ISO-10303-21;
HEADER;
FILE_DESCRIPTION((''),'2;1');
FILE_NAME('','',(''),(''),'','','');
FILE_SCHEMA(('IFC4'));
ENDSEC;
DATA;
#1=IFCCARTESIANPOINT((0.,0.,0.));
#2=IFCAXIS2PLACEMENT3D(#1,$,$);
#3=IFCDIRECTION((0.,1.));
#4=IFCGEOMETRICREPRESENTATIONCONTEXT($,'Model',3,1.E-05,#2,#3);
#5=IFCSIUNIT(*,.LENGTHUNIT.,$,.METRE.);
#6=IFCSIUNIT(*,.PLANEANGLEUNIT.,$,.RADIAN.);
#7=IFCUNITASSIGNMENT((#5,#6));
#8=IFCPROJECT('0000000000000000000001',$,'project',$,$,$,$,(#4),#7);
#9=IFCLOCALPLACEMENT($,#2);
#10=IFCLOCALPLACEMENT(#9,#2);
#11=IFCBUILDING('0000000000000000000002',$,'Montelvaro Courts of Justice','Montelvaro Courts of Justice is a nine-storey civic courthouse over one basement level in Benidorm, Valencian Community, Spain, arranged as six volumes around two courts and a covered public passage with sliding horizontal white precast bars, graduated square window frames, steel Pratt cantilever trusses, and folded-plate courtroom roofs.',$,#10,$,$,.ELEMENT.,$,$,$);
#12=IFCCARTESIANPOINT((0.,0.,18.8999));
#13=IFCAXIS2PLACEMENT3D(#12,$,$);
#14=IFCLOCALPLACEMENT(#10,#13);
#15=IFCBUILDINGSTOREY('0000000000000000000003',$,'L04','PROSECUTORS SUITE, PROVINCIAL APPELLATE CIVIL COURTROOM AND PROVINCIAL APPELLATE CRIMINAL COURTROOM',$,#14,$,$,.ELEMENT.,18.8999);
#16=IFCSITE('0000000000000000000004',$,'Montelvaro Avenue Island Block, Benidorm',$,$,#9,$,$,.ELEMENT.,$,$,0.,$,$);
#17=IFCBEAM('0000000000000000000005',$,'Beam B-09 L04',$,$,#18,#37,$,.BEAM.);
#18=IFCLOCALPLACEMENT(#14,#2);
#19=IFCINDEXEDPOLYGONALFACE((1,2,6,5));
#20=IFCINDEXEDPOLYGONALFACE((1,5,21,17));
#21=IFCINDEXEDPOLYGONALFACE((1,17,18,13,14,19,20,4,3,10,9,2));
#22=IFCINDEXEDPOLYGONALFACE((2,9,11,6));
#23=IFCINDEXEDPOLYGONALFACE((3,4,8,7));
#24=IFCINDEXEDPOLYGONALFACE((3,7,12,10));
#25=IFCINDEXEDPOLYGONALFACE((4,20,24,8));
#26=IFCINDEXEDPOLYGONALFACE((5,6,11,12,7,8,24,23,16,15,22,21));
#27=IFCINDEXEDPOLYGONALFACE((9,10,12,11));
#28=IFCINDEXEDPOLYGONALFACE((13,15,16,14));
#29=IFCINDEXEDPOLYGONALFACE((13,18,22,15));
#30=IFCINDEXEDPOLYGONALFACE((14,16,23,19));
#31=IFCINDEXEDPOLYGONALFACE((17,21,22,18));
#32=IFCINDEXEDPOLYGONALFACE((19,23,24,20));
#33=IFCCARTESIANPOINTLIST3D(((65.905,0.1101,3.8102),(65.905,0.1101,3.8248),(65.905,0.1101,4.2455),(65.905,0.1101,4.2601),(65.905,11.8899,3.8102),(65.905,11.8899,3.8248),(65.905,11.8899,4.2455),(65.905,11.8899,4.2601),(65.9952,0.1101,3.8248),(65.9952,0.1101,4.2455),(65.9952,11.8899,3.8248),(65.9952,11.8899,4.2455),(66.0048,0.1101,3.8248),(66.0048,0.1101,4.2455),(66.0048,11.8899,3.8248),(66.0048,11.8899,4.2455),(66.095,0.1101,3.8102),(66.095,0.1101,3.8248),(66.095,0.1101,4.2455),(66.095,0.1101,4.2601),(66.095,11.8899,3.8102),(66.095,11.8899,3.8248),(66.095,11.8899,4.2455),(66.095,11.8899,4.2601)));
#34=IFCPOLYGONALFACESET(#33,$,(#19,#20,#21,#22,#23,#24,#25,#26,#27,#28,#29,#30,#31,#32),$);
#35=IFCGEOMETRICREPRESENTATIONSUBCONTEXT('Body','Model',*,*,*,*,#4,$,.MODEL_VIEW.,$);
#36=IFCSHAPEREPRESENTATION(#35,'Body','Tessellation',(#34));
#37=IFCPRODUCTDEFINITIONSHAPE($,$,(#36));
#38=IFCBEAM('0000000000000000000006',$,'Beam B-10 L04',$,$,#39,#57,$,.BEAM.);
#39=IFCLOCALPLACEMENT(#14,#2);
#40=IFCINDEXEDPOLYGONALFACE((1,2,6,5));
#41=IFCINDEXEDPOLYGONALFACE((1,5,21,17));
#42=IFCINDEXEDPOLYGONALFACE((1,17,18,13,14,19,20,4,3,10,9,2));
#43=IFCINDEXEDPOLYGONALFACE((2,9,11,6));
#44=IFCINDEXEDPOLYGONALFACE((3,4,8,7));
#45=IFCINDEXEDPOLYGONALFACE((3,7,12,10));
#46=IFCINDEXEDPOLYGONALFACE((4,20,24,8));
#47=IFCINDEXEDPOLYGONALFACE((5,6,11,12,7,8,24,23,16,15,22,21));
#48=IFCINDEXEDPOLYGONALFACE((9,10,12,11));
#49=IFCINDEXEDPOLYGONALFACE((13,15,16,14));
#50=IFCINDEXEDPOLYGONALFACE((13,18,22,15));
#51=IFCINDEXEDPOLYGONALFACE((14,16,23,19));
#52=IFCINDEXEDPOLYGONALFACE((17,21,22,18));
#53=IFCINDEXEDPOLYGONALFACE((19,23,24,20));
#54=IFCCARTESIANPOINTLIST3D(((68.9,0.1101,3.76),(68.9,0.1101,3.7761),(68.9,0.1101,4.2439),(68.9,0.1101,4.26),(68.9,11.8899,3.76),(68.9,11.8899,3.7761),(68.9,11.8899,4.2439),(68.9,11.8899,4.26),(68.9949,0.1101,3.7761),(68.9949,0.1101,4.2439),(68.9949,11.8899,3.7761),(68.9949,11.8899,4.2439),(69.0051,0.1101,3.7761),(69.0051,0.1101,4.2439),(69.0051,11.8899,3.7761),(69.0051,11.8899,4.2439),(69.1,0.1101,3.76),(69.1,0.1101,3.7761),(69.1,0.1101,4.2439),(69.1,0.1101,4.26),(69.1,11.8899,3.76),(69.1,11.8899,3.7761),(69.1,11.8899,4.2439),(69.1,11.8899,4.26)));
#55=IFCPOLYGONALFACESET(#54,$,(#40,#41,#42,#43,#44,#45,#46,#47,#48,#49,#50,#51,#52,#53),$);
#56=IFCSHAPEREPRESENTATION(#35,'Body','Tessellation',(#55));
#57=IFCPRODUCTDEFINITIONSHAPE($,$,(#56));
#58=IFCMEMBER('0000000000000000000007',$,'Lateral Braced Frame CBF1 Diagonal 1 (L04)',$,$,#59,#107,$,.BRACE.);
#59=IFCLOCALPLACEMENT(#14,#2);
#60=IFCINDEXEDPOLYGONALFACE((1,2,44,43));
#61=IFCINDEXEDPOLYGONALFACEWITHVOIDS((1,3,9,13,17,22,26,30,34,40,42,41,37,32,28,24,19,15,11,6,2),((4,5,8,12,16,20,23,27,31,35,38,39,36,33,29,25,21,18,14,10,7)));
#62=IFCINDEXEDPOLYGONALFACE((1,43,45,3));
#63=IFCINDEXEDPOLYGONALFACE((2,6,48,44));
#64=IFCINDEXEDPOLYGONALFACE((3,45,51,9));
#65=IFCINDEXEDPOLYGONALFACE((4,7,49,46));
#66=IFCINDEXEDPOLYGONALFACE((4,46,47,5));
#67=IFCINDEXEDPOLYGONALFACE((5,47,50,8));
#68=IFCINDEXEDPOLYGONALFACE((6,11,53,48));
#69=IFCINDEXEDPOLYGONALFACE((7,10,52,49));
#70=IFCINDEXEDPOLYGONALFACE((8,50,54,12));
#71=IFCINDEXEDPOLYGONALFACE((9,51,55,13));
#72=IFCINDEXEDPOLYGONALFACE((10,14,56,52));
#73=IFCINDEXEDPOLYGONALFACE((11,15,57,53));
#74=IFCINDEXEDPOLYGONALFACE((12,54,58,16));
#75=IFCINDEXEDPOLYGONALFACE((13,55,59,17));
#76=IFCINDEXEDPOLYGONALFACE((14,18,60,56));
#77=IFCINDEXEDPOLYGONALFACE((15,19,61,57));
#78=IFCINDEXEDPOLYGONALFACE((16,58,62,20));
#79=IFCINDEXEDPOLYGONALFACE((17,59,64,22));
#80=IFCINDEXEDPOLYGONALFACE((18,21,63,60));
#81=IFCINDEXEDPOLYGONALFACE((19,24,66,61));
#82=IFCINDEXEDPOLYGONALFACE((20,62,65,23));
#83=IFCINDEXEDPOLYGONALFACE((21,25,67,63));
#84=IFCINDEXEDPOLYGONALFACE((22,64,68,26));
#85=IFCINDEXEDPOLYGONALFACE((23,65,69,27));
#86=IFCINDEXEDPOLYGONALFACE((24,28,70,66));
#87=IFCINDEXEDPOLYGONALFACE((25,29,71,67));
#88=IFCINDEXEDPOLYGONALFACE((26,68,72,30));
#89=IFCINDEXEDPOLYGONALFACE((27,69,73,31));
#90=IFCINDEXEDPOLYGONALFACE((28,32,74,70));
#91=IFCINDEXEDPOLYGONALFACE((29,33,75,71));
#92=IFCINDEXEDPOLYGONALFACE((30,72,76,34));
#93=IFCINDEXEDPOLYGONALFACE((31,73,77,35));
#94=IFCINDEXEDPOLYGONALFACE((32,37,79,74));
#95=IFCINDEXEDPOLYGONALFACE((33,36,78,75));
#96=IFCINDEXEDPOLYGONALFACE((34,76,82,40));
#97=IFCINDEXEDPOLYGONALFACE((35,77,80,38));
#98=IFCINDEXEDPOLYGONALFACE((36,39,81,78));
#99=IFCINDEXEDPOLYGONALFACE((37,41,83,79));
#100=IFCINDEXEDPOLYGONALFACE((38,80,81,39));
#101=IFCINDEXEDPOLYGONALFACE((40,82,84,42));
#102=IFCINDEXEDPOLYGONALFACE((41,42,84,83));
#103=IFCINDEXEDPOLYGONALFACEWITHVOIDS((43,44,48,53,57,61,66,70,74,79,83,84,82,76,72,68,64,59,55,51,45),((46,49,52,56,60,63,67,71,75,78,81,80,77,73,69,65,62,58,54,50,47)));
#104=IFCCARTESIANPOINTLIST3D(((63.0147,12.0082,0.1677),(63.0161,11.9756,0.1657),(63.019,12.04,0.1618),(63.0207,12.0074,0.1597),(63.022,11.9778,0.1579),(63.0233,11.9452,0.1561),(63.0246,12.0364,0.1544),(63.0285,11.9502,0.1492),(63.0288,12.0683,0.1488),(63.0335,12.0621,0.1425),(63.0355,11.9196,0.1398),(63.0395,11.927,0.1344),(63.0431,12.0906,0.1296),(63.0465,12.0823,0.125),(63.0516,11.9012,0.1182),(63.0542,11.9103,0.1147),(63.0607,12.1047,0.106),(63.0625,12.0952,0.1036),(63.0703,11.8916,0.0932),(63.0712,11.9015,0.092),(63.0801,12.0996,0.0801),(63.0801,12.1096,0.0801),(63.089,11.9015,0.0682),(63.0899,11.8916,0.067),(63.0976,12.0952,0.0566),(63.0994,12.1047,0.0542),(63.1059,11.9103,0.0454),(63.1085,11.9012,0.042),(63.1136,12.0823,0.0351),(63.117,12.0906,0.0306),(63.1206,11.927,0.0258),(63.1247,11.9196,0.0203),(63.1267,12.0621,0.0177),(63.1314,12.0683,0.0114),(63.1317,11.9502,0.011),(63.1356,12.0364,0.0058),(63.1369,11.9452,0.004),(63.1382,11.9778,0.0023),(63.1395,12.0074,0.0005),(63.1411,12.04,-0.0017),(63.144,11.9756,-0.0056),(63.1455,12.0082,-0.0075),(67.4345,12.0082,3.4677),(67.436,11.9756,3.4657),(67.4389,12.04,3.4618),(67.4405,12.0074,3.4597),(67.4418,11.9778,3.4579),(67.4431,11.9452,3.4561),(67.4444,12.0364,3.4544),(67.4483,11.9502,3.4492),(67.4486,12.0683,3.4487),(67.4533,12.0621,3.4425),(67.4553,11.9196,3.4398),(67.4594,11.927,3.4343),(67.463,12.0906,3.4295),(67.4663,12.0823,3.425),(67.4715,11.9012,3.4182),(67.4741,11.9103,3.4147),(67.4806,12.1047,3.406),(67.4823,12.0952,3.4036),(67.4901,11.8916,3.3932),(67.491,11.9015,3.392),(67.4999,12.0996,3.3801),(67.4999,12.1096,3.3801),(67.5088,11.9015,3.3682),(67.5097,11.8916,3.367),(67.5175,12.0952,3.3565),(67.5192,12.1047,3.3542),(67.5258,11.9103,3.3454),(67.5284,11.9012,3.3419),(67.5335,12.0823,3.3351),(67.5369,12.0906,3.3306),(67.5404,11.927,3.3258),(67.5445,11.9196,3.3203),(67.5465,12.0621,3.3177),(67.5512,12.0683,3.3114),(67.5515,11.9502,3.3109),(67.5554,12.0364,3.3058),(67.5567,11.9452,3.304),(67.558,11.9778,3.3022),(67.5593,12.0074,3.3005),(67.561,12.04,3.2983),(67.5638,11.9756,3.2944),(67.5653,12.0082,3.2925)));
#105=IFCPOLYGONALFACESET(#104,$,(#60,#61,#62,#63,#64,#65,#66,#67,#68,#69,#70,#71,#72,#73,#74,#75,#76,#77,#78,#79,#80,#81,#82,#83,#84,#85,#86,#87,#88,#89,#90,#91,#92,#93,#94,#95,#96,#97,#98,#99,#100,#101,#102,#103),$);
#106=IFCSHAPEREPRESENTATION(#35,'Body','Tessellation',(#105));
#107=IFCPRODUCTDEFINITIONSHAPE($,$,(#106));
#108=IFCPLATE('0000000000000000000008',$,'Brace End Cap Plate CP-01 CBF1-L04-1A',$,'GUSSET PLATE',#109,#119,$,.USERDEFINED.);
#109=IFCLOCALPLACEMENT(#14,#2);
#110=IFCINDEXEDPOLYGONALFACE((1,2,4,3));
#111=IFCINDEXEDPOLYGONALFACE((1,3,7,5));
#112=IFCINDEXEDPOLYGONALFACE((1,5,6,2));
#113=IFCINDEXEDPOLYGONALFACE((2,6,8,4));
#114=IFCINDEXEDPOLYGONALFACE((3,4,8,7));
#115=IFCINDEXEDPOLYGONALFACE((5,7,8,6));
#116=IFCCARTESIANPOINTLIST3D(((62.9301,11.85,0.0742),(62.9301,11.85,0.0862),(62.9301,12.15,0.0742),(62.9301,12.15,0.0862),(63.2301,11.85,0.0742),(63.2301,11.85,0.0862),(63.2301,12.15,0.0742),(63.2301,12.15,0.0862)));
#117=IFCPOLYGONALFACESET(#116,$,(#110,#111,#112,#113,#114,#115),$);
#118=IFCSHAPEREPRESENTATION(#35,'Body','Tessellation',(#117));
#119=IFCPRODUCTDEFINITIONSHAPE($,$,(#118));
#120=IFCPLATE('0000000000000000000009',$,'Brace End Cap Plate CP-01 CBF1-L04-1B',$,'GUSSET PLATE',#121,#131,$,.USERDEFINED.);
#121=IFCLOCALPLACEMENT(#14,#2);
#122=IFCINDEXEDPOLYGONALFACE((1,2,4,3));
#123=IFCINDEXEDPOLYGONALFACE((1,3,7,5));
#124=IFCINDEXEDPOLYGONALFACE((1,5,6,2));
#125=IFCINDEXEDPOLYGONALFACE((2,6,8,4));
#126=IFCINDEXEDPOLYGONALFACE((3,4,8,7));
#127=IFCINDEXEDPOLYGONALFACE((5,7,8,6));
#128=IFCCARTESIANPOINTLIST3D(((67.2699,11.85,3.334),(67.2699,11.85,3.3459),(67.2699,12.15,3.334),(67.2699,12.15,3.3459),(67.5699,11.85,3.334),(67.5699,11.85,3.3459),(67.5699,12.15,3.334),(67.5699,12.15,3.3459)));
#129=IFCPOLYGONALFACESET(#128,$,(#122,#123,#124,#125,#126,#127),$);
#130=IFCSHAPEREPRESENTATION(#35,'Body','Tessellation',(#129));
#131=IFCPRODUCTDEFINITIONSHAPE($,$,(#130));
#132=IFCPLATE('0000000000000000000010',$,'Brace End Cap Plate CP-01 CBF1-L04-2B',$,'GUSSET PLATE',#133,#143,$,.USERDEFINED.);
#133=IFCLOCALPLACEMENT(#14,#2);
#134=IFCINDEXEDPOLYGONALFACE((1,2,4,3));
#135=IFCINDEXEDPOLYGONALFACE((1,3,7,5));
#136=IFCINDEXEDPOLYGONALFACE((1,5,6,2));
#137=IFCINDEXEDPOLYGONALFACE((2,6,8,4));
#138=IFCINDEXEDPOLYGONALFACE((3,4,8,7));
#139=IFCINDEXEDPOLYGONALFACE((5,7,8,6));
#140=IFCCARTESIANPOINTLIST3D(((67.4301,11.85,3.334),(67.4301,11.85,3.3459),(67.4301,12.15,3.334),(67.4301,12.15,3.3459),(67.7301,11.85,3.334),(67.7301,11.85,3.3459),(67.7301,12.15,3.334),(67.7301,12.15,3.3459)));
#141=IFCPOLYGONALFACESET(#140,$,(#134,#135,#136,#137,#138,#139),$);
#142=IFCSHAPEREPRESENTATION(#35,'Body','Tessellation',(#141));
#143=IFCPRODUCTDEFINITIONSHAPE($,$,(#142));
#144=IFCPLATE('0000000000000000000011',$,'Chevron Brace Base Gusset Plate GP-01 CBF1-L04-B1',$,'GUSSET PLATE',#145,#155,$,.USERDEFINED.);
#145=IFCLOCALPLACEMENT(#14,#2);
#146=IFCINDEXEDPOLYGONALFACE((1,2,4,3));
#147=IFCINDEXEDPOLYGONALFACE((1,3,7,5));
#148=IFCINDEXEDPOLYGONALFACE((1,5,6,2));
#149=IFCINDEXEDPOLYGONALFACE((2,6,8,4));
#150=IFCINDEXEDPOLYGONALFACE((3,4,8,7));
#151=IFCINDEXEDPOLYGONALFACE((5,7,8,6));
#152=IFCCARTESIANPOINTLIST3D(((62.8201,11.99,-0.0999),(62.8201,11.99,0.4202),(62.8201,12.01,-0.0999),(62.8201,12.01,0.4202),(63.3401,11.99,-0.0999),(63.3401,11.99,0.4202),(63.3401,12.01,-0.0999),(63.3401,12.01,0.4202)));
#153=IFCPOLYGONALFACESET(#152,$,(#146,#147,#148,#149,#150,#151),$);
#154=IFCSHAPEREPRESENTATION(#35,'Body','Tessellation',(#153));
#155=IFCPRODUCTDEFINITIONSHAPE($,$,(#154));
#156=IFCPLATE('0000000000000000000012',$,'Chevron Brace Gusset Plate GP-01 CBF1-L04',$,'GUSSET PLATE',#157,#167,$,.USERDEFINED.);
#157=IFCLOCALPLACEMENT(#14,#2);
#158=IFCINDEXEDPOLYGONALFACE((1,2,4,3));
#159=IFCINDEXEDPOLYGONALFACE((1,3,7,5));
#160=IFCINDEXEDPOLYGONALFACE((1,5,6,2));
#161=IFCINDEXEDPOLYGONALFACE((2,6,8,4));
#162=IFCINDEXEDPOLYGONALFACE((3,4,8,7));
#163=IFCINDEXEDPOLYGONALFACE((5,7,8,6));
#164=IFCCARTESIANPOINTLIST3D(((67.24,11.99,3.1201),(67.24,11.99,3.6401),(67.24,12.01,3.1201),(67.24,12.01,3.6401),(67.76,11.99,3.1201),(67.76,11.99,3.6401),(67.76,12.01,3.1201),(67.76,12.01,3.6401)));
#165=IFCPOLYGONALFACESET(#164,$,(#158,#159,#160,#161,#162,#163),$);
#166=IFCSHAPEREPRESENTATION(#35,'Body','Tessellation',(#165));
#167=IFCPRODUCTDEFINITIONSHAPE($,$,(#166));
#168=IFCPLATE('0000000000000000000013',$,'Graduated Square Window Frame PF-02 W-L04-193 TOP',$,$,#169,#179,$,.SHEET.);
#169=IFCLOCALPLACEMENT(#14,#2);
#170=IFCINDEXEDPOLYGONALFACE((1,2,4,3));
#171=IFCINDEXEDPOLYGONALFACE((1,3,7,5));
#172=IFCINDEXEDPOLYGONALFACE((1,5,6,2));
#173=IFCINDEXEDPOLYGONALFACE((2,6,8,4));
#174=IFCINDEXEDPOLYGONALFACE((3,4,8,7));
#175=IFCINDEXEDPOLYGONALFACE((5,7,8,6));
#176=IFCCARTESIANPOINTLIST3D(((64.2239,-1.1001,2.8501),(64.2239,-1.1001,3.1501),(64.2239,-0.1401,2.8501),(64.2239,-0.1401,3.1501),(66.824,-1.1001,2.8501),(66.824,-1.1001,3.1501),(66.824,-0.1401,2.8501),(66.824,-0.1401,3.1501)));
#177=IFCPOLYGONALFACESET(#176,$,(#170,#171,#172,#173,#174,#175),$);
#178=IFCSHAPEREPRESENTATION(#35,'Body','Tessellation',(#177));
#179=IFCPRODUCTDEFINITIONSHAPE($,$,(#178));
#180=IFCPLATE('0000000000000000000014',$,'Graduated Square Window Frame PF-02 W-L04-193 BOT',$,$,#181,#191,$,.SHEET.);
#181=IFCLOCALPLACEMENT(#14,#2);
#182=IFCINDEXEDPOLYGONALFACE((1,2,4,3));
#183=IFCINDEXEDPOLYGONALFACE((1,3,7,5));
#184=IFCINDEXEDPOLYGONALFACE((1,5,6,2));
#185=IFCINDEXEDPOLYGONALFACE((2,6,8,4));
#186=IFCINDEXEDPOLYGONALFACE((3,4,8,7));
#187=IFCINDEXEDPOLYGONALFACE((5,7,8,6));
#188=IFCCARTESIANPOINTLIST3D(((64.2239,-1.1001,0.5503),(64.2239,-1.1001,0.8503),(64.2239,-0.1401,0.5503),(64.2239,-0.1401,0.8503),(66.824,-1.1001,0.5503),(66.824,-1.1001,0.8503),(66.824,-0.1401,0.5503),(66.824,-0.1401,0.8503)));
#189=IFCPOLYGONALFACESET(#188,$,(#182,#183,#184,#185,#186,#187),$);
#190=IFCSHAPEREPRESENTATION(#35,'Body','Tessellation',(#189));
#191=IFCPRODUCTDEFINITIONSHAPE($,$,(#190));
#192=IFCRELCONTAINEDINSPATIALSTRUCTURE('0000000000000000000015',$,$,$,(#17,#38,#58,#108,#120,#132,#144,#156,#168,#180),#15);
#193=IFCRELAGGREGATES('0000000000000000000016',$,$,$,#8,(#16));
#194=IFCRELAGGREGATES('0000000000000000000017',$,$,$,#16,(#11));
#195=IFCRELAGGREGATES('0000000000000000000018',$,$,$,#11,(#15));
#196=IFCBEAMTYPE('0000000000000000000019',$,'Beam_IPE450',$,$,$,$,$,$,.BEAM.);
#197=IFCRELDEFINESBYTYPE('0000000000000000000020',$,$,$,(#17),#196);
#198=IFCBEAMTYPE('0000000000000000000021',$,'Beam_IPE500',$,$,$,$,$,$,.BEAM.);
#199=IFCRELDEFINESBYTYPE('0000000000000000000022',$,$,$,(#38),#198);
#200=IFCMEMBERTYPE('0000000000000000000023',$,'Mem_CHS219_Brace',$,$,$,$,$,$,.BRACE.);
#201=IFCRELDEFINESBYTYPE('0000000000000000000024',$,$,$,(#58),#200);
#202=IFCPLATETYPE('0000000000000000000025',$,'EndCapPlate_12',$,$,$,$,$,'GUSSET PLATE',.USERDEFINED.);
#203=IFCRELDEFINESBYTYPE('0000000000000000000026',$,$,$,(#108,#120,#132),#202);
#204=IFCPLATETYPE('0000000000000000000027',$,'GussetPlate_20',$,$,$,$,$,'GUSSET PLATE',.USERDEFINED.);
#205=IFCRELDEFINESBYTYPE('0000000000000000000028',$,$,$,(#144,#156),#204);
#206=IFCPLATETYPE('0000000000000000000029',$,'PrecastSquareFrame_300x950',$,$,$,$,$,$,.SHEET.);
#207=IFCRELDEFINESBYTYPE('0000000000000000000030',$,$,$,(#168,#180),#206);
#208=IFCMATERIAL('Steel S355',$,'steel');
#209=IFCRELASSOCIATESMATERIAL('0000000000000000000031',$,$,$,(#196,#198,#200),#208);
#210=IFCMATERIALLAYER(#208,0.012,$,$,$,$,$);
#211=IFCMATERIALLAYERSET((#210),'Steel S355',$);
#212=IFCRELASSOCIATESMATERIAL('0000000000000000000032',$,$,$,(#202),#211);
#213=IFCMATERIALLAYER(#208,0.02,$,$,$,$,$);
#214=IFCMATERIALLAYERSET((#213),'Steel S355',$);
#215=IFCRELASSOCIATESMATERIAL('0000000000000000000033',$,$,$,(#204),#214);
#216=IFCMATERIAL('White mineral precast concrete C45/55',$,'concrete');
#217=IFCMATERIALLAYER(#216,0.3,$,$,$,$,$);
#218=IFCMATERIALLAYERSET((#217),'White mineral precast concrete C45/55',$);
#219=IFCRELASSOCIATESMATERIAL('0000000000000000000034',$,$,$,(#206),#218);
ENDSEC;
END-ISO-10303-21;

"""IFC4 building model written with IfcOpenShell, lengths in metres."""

from ifc_helpers import new_model, si_unit, direction, frame, origin, origin_2d, place, context, subcontext, project, spatial, rectangle, hollow_circle, i_section, extrude, material, layer, layer_set, material_profile, profile_set, type_object, element, save


model = new_model("IFC4")

# Units and contexts
model_context = context("Model", 3, precision=1e-05, world=origin(), true_north=direction((0.0, 1.0)))
body_context = subcontext(model_context, "Body", "Model", "MODEL_VIEW")
ifc_project = project(units=[si_unit("LENGTHUNIT", "METRE"), si_unit("PLANEANGLEUNIT", "RADIAN")], contexts=[model_context])

# Site, building, storey
site_placement = place(None, origin())
site = spatial("IfcSite", under=ifc_project, at=site_placement, Name="Montelvaro Avenue Island Block, Benidorm", CompositionType="ELEMENT", RefElevation=0.0)
building_placement = place(site_placement, origin())
building = spatial("IfcBuilding", under=site, at=building_placement, Name="Montelvaro Courts of Justice", Description="Montelvaro Courts of Justice is a nine-storey civic courthouse over one basement level in Benidorm, Valencian Community, Spain, arranged as six volumes around two courts and a covered public passage with sliding horizontal white precast bars, graduated square window frames, steel Pratt cantilever trusses, and folded-plate courtroom roofs.", CompositionType="ELEMENT")
storey_placement = place(building_placement, frame((0.0, 0.0, 18.8999)))
storey = spatial("IfcBuildingStorey", under=building, at=storey_placement, Name="L04", Description="PROSECUTORS SUITE, PROVINCIAL APPELLATE CIVIL COURTROOM AND PROVINCIAL APPELLATE CRIMINAL COURTROOM", CompositionType="ELEMENT", Elevation=18.8999)

# Beams
ifc_material_1 = material(Name="Steel S355", Category="steel")
ifc_material_profile_1 = material_profile(ifc_material_1, i_section(OverallWidth=0.1899, OverallDepth=0.45, WebThickness=0.0095, FlangeThickness=0.0146, at=origin_2d()), Name="IPE 450")
ifc_profile_set_1 = profile_set([ifc_material_profile_1], Name="Steel S355")
beam_type_1 = type_object("IfcBeamType", Name="Beam_IPE450", PredefinedType="BEAM", material=ifc_profile_set_1)
beam_1_placement = place(storey_placement, frame((66.0, 0.1101, 4.0352), z_axis=(0.0, 1.0, 0.0), x_axis=(-1.0, 0.0, 0.0)))
element("IfcBeam", 1, at=beam_1_placement, inside=storey, type_object=beam_type_1, Name="Beam B-09 L04", PredefinedType="BEAM", context=body_context, shape_type="SweptSolid", body=[
    extrude(i_section(OverallWidth=0.1899, OverallDepth=0.45, WebThickness=0.0095, FlangeThickness=0.0146, at=origin_2d()), origin(), (0.0, 0.0, 1.0), 11.7798),
])
ifc_material_profile_2 = material_profile(ifc_material_1, i_section(OverallWidth=0.2, OverallDepth=0.5, WebThickness=0.0103, FlangeThickness=0.0161, at=origin_2d()), Name="IPE 500")
ifc_profile_set_2 = profile_set([ifc_material_profile_2], Name="Steel S355")
beam_type_2 = type_object("IfcBeamType", Name="Beam_IPE500", PredefinedType="BEAM", material=ifc_profile_set_2)
beam_2_placement = place(storey_placement, frame((69.0, 0.1101, 4.01), z_axis=(0.0, 1.0, 0.0), x_axis=(-1.0, 0.0, 0.0)))
element("IfcBeam", 2, at=beam_2_placement, inside=storey, type_object=beam_type_2, Name="Beam B-10 L04", PredefinedType="BEAM", context=body_context, shape_type="SweptSolid", body=[
    extrude(i_section(OverallWidth=0.2, OverallDepth=0.5, WebThickness=0.0103, FlangeThickness=0.0161, at=origin_2d()), origin(), (0.0, 0.0, 1.0), 11.7798),
])

# Member
ifc_material_profile_3 = material_profile(ifc_material_1, hollow_circle(Radius=0.1096, WallThickness=0.01, at=origin_2d()), Name="CHS 219.1x10")
ifc_profile_set_3 = profile_set([ifc_material_profile_3], Name="Steel S355")
member_type = type_object("IfcMemberType", Name="Mem_CHS219_Brace", PredefinedType="BRACE", material=ifc_profile_set_3)
member_placement = place(storey_placement, frame((63.0801, 12.0, 0.0801), z_axis=(0.801294, 0.0, 0.598271), x_axis=(0.0, 1.0, 0.0)))
element("IfcMember", 3, at=member_placement, inside=storey, type_object=member_type, Name="Lateral Braced Frame CBF1 Diagonal 1 (L04)", PredefinedType="BRACE", context=body_context, shape_type="SweptSolid", body=[
    extrude(hollow_circle(Radius=0.1096, WallThickness=0.01, at=origin_2d()), origin(), (0.0, 0.0, 1.0), 5.5159),
])

# Plates
ifc_layer_1 = layer(ifc_material_1, 0.012)
ifc_layer_set_1 = layer_set([ifc_layer_1], Name="Steel S355")
plate_type_1 = type_object("IfcPlateType", Name="EndCapPlate_12", ElementType="GUSSET PLATE", PredefinedType="USERDEFINED", material=ifc_layer_set_1)
for number, where, z_axis, x_axis, name in (
    (4, (63.0801, 12.0, 0.0742), (0.0, 0.0, 1.0), (1.0, 0.0, 0.0), "Brace End Cap Plate CP-01 CBF1-L04-1A"),
    (5, (67.4199, 12.0, 3.334), (0.0, 0.0, 1.0), (1.0, 0.0, 0.0), "Brace End Cap Plate CP-01 CBF1-L04-1B"),
    (6, (67.5801, 12.0, 3.334), (0.0, 0.0, 1.0), (1.0, 0.0, 0.0), "Brace End Cap Plate CP-01 CBF1-L04-2B"),
):
    element("IfcPlate", number, at=place(storey_placement, frame(where, z_axis=z_axis, x_axis=x_axis)), inside=storey, type_object=plate_type_1, Name=name, ObjectType="GUSSET PLATE", PredefinedType="USERDEFINED", context=body_context, shape_type="SweptSolid", body=[
        extrude(rectangle(XDim=0.3, YDim=0.3, at=origin_2d()), origin(), (0.0, 0.0, 1.0), 0.012),
    ])
ifc_layer_2 = layer(ifc_material_1, 0.02)
ifc_layer_set_2 = layer_set([ifc_layer_2], Name="Steel S355")
plate_type_2 = type_object("IfcPlateType", Name="GussetPlate_20", ElementType="GUSSET PLATE", PredefinedType="USERDEFINED", material=ifc_layer_set_2)
for number, where, z_axis, x_axis, name in (
    (7, (63.0801, 12.0, -0.0999), (0.0, 0.0, 1.0), (1.0, 0.0, 0.0), "Chevron Brace Base Gusset Plate GP-01 CBF1-L04-B1"),
    (8, (67.5, 12.0, 3.1201), (0.0, 0.0, 1.0), (1.0, 0.0, 0.0), "Chevron Brace Gusset Plate GP-01 CBF1-L04"),
):
    element("IfcPlate", number, at=place(storey_placement, frame(where, z_axis=z_axis, x_axis=x_axis)), inside=storey, type_object=plate_type_2, Name=name, ObjectType="GUSSET PLATE", PredefinedType="USERDEFINED", context=body_context, shape_type="SweptSolid", body=[
        extrude(rectangle(XDim=0.52, YDim=0.02, at=origin_2d()), origin(), (0.0, 0.0, 1.0), 0.52),
    ])
ifc_material_2 = material(Name="White mineral precast concrete C45/55", Category="concrete")
ifc_layer_3 = layer(ifc_material_2, 0.3)
ifc_layer_set_3 = layer_set([ifc_layer_3], Name="White mineral precast concrete C45/55")
plate_type_3 = type_object("IfcPlateType", Name="PrecastSquareFrame_300x950", PredefinedType="SHEET", material=ifc_layer_set_3)
for number, where, z_axis, x_axis, name in (
    (9, (65.5239, -0.6201, 2.8501), (0.0, 0.0, 1.0), (1.0, 0.0, 0.0), "Graduated Square Window Frame PF-02 W-L04-193 TOP"),
    (10, (65.5239, -0.6201, 0.5503), (0.0, 0.0, 1.0), (1.0, 0.0, 0.0), "Graduated Square Window Frame PF-02 W-L04-193 BOT"),
):
    element("IfcPlate", number, at=place(storey_placement, frame(where, z_axis=z_axis, x_axis=x_axis)), inside=storey, type_object=plate_type_3, Name=name, PredefinedType="SHEET", context=body_context, shape_type="SweptSolid", body=[
        extrude(rectangle(XDim=2.6001, YDim=0.96, at=origin_2d()), origin(), (0.0, 0.0, 1.0), 0.3),
    ])

save(model, "model.ifc")
